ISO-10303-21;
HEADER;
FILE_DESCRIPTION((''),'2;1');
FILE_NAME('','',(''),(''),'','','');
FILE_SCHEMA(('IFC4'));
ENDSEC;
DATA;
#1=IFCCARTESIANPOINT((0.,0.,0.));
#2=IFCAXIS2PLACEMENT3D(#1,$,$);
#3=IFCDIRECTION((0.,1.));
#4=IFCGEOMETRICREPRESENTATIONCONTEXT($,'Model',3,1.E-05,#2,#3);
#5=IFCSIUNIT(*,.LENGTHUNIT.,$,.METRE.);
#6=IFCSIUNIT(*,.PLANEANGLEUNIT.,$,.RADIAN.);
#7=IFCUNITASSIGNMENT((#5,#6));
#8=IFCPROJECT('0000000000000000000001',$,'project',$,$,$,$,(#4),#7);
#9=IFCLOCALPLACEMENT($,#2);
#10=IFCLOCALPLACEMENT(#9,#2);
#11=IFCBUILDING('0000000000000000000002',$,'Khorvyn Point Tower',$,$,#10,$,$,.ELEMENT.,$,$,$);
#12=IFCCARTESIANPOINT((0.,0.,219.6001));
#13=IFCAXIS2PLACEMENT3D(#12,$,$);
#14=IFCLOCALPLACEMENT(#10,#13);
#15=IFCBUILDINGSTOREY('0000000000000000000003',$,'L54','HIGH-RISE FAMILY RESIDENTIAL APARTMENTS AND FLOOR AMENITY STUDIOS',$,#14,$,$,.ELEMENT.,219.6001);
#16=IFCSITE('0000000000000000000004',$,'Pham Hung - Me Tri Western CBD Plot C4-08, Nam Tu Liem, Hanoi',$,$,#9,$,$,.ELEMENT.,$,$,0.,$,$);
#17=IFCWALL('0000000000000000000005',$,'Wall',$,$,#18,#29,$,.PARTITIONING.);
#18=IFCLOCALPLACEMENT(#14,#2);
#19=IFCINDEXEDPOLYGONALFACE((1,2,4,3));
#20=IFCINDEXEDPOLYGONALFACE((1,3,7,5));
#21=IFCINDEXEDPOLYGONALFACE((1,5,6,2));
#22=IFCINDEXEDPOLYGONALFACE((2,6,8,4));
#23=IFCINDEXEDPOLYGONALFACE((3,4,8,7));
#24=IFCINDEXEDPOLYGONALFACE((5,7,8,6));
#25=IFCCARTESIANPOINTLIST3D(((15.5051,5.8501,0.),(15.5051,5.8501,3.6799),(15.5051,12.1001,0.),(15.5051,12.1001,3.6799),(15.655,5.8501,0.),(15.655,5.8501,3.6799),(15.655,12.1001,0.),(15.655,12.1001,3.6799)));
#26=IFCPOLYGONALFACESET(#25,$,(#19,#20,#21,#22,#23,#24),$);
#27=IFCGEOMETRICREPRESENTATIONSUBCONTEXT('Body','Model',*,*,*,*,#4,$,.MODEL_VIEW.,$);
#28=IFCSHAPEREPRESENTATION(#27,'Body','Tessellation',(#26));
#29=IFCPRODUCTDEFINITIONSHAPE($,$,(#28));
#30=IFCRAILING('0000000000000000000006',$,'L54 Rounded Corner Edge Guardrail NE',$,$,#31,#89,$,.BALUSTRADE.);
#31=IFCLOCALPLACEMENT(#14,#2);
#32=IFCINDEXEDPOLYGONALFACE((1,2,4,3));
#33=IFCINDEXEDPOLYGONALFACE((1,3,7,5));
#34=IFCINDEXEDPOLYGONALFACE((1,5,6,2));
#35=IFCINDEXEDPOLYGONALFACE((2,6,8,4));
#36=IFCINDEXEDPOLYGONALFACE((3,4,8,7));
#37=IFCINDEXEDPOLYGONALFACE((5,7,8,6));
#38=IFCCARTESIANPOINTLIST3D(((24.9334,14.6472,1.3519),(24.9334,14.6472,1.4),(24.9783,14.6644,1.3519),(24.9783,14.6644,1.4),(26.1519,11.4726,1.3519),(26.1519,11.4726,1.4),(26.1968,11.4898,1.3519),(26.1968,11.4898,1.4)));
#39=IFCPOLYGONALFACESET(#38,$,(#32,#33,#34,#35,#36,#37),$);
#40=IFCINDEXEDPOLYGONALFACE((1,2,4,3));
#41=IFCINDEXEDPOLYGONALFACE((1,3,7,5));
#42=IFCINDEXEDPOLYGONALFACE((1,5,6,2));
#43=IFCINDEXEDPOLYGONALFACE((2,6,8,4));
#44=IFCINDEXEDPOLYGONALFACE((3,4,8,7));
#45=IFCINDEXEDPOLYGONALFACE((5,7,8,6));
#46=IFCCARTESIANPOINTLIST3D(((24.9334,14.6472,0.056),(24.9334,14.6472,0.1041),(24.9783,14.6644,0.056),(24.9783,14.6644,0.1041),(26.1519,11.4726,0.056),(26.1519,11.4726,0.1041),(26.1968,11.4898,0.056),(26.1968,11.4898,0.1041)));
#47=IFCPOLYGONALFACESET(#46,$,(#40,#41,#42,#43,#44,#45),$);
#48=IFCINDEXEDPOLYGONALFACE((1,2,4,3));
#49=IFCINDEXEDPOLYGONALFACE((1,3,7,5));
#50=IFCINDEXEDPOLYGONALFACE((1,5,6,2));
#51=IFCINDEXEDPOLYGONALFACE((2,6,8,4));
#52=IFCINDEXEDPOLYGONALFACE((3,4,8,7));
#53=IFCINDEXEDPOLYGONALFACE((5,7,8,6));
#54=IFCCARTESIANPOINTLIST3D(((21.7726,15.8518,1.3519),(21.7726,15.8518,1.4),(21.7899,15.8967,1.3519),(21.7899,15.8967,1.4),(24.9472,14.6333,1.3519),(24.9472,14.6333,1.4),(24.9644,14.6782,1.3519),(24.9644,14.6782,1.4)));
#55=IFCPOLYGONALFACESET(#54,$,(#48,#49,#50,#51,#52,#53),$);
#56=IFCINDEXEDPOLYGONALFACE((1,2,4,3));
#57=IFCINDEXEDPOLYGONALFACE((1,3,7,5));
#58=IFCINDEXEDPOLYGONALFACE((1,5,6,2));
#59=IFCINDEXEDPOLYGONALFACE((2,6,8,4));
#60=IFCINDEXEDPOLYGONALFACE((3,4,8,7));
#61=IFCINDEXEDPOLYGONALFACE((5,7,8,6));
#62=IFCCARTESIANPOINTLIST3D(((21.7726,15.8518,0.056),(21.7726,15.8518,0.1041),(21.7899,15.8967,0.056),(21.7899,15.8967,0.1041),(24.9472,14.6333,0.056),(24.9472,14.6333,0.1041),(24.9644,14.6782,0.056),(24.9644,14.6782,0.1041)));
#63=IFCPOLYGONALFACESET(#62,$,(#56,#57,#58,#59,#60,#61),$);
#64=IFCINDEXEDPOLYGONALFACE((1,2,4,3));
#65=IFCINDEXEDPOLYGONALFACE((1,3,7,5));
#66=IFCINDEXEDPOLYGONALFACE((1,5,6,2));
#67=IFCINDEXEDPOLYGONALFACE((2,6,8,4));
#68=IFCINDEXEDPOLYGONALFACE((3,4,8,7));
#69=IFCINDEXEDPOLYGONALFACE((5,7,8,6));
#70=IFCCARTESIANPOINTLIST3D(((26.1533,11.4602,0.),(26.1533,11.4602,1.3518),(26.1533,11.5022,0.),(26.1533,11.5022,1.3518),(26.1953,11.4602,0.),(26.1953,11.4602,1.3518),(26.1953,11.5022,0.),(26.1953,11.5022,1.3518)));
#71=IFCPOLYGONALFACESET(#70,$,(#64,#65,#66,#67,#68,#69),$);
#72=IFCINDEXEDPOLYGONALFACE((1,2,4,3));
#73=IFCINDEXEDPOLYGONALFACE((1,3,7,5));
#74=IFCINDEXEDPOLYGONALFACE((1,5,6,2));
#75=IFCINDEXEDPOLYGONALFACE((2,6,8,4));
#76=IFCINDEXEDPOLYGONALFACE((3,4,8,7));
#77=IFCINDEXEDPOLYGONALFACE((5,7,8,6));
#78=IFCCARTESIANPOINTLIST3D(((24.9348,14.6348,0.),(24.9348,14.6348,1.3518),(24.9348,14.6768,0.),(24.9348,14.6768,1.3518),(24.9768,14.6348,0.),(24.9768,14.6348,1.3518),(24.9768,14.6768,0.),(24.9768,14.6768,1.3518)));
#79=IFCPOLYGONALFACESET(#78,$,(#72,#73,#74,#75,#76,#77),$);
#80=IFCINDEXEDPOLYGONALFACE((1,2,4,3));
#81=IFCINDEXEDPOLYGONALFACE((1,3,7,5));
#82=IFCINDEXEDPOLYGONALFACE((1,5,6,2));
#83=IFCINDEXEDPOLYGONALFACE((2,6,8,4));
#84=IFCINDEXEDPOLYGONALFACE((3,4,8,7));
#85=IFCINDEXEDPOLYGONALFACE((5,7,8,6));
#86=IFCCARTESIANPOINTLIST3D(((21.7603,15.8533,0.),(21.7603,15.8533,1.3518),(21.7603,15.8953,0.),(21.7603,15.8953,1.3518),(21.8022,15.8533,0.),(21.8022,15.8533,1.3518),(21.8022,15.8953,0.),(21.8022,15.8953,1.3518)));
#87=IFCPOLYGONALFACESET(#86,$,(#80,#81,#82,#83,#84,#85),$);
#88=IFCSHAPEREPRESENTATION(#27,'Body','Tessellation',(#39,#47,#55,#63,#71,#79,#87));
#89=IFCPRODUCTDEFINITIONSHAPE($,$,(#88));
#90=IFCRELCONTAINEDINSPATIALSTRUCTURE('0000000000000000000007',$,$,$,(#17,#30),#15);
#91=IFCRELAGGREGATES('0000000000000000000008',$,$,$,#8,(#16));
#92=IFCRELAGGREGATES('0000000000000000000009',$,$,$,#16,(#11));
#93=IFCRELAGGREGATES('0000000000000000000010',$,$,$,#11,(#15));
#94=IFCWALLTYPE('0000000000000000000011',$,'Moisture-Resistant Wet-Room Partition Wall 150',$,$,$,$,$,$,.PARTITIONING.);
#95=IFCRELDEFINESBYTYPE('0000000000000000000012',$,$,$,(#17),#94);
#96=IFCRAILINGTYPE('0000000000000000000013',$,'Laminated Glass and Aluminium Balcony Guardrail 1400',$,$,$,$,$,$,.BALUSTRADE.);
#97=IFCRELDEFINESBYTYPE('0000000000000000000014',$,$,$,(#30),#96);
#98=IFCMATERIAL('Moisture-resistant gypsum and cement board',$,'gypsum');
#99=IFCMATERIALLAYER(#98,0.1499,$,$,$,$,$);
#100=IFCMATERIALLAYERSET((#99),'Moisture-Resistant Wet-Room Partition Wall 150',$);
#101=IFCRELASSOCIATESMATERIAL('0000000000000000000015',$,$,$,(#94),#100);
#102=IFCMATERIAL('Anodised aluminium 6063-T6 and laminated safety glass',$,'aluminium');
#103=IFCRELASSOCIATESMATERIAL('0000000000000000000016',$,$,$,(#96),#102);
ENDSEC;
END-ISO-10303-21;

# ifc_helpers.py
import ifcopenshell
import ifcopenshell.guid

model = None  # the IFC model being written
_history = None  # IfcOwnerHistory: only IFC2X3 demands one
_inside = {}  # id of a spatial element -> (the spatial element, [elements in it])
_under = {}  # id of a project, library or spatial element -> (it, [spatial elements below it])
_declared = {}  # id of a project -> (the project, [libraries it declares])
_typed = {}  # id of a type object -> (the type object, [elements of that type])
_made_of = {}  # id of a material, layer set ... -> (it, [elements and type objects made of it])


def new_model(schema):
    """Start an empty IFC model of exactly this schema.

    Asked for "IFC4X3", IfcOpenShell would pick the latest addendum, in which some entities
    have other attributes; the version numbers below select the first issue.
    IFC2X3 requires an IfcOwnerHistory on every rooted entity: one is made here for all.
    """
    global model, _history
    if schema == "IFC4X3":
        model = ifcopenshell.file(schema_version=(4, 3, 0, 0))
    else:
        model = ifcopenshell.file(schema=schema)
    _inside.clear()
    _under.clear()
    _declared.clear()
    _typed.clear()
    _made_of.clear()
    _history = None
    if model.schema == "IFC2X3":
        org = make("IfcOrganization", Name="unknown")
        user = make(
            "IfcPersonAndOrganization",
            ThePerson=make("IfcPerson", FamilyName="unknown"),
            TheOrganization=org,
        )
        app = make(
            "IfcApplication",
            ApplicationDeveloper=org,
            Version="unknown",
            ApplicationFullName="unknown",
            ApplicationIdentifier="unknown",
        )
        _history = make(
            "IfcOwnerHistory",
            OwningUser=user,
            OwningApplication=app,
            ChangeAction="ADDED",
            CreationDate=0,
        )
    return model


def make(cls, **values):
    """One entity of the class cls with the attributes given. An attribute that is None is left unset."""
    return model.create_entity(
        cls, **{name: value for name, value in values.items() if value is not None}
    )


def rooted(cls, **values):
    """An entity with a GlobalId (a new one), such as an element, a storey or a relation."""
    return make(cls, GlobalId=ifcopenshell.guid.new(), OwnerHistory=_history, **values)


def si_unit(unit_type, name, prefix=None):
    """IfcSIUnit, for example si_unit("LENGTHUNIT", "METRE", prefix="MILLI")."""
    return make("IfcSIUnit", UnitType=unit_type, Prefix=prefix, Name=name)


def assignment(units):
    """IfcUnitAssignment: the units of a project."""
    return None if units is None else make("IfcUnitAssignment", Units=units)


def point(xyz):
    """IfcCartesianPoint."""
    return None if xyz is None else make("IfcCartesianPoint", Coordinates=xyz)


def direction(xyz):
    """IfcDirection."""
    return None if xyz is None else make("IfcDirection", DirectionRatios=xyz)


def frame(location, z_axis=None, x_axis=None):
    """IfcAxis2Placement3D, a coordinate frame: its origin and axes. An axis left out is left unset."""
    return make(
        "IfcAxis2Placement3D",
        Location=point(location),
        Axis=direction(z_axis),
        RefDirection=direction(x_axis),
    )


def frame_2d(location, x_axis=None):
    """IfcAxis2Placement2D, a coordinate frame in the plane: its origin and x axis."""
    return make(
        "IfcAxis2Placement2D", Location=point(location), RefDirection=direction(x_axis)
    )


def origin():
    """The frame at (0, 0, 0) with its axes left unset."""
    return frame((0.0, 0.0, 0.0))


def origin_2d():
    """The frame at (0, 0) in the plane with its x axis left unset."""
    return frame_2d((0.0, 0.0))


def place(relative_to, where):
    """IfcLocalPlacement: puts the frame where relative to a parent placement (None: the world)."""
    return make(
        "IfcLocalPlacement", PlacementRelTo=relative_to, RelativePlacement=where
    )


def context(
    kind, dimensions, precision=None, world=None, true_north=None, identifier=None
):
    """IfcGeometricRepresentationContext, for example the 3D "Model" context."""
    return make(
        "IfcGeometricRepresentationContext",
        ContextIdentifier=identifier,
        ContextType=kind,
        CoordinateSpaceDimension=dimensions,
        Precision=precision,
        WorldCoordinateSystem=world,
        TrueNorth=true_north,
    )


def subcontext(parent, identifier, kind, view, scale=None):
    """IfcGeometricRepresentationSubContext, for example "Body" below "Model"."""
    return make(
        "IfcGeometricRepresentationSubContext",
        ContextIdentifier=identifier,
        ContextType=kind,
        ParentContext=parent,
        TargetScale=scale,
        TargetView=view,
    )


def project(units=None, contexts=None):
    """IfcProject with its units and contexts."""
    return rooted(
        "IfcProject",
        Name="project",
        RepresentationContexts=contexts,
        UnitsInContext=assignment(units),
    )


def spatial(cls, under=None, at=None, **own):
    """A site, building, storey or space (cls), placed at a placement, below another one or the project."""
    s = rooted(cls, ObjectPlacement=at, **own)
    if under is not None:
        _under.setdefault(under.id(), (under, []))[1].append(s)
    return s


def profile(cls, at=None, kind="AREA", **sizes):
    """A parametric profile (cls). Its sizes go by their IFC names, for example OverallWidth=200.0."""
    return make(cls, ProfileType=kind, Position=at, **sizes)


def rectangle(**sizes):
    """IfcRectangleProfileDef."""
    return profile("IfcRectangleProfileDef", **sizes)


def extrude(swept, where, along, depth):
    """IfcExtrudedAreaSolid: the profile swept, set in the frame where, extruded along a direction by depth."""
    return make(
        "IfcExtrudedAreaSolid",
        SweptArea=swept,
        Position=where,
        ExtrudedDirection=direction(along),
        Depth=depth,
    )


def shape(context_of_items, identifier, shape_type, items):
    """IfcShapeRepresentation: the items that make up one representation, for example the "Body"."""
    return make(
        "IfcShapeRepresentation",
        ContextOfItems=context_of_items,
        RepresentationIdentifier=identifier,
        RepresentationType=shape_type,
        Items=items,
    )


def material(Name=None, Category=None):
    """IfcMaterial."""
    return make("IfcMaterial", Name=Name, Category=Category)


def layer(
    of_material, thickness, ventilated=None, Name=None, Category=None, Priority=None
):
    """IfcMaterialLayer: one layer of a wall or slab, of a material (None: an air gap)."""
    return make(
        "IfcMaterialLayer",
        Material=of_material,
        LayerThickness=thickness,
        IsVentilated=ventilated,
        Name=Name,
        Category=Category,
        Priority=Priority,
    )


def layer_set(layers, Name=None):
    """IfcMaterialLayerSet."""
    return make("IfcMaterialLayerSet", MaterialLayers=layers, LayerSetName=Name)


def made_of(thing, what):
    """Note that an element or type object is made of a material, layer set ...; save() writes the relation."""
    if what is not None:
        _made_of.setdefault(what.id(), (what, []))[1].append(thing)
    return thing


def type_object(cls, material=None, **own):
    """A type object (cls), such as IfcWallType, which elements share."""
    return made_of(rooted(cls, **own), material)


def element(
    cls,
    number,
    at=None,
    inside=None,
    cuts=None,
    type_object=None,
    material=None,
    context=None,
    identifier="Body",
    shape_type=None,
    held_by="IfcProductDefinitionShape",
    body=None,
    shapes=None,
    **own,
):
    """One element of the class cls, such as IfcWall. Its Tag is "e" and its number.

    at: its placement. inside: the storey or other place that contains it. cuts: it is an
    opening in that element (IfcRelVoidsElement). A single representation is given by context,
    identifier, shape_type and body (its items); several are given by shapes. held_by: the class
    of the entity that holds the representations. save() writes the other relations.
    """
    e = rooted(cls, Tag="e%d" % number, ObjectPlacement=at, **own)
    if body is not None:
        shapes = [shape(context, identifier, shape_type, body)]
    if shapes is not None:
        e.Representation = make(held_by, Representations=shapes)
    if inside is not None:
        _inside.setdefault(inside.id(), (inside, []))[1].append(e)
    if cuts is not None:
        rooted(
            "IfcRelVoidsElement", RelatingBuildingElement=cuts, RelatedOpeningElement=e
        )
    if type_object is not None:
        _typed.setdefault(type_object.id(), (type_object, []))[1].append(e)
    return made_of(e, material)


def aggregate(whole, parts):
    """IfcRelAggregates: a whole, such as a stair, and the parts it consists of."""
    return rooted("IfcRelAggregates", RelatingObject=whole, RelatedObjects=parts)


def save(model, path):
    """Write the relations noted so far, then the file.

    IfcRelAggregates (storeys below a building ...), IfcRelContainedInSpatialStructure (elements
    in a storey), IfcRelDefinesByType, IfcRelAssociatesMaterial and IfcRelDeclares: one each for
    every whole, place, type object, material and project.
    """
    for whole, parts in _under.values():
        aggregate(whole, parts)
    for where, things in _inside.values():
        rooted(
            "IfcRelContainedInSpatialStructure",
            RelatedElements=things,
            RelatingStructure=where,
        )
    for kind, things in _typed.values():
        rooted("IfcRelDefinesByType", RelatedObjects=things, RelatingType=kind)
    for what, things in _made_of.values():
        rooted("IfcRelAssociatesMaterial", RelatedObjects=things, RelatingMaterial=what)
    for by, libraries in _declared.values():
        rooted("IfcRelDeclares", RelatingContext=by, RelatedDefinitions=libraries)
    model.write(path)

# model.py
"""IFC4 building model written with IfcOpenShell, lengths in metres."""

from ifc_helpers import new_model, si_unit, direction, frame, frame_2d, origin, origin_2d, place, context, subcontext, project, spatial, rectangle, extrude, material, layer, layer_set, type_object, element, save


model = new_model("IFC4")

# Units and contexts
model_context = context("Model", 3, precision=1e-05, world=origin(), true_north=direction((0.0, 1.0)))
body_context = subcontext(model_context, "Body", "Model", "MODEL_VIEW")
ifc_project = project(units=[si_unit("LENGTHUNIT", "METRE"), si_unit("PLANEANGLEUNIT", "RADIAN")], contexts=[model_context])

# Site, building, storey
site_placement = place(None, origin())
site = spatial("IfcSite", under=ifc_project, at=site_placement, Name="Pham Hung - Me Tri Western CBD Plot C4-08, Nam Tu Liem, Hanoi", CompositionType="ELEMENT", RefElevation=0.0)
building_placement = place(site_placement, origin())
building = spatial("IfcBuilding", under=site, at=building_placement, Name="Khorvyn Point Tower", CompositionType="ELEMENT")
storey_placement = place(building_placement, frame((0.0, 0.0, 219.6001)))
storey = spatial("IfcBuildingStorey", under=building, at=storey_placement, Name="L54", Description="HIGH-RISE FAMILY RESIDENTIAL APARTMENTS AND FLOOR AMENITY STUDIOS", CompositionType="ELEMENT", Elevation=219.6001)

# Wall
ifc_material_1 = material(Name="Moisture-resistant gypsum and cement board", Category="gypsum")
ifc_layer_1 = layer(ifc_material_1, 0.1499)
ifc_layer_set_1 = layer_set([ifc_layer_1], Name="Moisture-Resistant Wet-Room Partition Wall 150")
wall_type_1 = type_object("IfcWallType", Name="Moisture-Resistant Wet-Room Partition Wall 150", PredefinedType="PARTITIONING", material=ifc_layer_set_1)
wall_1_placement = place(storey_placement, frame((15.5801, 5.8501, 0.0), z_axis=(0.0, 0.0, 1.0), x_axis=(0.0, 1.0, 0.0)))
element("IfcWall", 1, at=wall_1_placement, inside=storey, type_object=wall_type_1, Name="Wall", PredefinedType="PARTITIONING", context=body_context, shape_type="SweptSolid", body=[
    extrude(rectangle(XDim=6.25, YDim=0.1499, at=frame_2d((3.125, 0.0))), origin(), (0.0, 0.0, 1.0), 3.6799),
])

# Railing
ifc_material_2 = material(Name="Anodised aluminium 6063-T6 and laminated safety glass", Category="aluminium")
railing_type = type_object("IfcRailingType", Name="Laminated Glass and Aluminium Balcony Guardrail 1400", PredefinedType="BALUSTRADE", material=ifc_material_2)
railing_placement = place(storey_placement, frame((26.1743, 11.4812, 0.0)))
element("IfcRailing", 2, at=railing_placement, inside=storey, type_object=railing_type, Name="L54 Rounded Corner Edge Guardrail NE", PredefinedType="BALUSTRADE", context=body_context, shape_type="SweptSolid", body=[
    extrude(rectangle(XDim=0.0481, YDim=0.0481, at=origin_2d()), frame((0.0, 0.0, 1.376), z_axis=(-0.358344, 0.93359, 0.0), x_axis=(-0.93359, -0.358344, 0.0)), (0.0, 0.0, 1.0), 3.4004),
    extrude(rectangle(XDim=0.0481, YDim=0.0481, at=origin_2d()), frame((0.0, 0.0, 0.0801), z_axis=(-0.358344, 0.93359, 0.0), x_axis=(-0.93359, -0.358344, 0.0)), (0.0, 0.0, 1.0), 3.4004),
    extrude(rectangle(XDim=0.0481, YDim=0.0481, at=origin_2d()), frame((-1.2185, 3.1746, 1.376), z_axis=(-0.93359, 0.358344, 0.0), x_axis=(-0.358344, -0.93359, 0.0)), (0.0, 0.0, 1.0), 3.4004),
    extrude(rectangle(XDim=0.0481, YDim=0.0481, at=origin_2d()), frame((-1.2185, 3.1746, 0.0801), z_axis=(-0.93359, 0.358344, 0.0), x_axis=(-0.358344, -0.93359, 0.0)), (0.0, 0.0, 1.0), 3.4004),
    extrude(rectangle(XDim=0.042, YDim=0.042, at=origin_2d()), origin(), (0.0, 0.0, 1.0), 1.3518),
    extrude(rectangle(XDim=0.042, YDim=0.042, at=origin_2d()), frame((-1.2185, 3.1746, 0.0)), (0.0, 0.0, 1.0), 1.3518),
    extrude(rectangle(XDim=0.042, YDim=0.042, at=origin_2d()), frame((-4.3931, 4.3931, 0.0)), (0.0, 0.0, 1.0), 1.3518),
])

save(model, "model.ifc")
